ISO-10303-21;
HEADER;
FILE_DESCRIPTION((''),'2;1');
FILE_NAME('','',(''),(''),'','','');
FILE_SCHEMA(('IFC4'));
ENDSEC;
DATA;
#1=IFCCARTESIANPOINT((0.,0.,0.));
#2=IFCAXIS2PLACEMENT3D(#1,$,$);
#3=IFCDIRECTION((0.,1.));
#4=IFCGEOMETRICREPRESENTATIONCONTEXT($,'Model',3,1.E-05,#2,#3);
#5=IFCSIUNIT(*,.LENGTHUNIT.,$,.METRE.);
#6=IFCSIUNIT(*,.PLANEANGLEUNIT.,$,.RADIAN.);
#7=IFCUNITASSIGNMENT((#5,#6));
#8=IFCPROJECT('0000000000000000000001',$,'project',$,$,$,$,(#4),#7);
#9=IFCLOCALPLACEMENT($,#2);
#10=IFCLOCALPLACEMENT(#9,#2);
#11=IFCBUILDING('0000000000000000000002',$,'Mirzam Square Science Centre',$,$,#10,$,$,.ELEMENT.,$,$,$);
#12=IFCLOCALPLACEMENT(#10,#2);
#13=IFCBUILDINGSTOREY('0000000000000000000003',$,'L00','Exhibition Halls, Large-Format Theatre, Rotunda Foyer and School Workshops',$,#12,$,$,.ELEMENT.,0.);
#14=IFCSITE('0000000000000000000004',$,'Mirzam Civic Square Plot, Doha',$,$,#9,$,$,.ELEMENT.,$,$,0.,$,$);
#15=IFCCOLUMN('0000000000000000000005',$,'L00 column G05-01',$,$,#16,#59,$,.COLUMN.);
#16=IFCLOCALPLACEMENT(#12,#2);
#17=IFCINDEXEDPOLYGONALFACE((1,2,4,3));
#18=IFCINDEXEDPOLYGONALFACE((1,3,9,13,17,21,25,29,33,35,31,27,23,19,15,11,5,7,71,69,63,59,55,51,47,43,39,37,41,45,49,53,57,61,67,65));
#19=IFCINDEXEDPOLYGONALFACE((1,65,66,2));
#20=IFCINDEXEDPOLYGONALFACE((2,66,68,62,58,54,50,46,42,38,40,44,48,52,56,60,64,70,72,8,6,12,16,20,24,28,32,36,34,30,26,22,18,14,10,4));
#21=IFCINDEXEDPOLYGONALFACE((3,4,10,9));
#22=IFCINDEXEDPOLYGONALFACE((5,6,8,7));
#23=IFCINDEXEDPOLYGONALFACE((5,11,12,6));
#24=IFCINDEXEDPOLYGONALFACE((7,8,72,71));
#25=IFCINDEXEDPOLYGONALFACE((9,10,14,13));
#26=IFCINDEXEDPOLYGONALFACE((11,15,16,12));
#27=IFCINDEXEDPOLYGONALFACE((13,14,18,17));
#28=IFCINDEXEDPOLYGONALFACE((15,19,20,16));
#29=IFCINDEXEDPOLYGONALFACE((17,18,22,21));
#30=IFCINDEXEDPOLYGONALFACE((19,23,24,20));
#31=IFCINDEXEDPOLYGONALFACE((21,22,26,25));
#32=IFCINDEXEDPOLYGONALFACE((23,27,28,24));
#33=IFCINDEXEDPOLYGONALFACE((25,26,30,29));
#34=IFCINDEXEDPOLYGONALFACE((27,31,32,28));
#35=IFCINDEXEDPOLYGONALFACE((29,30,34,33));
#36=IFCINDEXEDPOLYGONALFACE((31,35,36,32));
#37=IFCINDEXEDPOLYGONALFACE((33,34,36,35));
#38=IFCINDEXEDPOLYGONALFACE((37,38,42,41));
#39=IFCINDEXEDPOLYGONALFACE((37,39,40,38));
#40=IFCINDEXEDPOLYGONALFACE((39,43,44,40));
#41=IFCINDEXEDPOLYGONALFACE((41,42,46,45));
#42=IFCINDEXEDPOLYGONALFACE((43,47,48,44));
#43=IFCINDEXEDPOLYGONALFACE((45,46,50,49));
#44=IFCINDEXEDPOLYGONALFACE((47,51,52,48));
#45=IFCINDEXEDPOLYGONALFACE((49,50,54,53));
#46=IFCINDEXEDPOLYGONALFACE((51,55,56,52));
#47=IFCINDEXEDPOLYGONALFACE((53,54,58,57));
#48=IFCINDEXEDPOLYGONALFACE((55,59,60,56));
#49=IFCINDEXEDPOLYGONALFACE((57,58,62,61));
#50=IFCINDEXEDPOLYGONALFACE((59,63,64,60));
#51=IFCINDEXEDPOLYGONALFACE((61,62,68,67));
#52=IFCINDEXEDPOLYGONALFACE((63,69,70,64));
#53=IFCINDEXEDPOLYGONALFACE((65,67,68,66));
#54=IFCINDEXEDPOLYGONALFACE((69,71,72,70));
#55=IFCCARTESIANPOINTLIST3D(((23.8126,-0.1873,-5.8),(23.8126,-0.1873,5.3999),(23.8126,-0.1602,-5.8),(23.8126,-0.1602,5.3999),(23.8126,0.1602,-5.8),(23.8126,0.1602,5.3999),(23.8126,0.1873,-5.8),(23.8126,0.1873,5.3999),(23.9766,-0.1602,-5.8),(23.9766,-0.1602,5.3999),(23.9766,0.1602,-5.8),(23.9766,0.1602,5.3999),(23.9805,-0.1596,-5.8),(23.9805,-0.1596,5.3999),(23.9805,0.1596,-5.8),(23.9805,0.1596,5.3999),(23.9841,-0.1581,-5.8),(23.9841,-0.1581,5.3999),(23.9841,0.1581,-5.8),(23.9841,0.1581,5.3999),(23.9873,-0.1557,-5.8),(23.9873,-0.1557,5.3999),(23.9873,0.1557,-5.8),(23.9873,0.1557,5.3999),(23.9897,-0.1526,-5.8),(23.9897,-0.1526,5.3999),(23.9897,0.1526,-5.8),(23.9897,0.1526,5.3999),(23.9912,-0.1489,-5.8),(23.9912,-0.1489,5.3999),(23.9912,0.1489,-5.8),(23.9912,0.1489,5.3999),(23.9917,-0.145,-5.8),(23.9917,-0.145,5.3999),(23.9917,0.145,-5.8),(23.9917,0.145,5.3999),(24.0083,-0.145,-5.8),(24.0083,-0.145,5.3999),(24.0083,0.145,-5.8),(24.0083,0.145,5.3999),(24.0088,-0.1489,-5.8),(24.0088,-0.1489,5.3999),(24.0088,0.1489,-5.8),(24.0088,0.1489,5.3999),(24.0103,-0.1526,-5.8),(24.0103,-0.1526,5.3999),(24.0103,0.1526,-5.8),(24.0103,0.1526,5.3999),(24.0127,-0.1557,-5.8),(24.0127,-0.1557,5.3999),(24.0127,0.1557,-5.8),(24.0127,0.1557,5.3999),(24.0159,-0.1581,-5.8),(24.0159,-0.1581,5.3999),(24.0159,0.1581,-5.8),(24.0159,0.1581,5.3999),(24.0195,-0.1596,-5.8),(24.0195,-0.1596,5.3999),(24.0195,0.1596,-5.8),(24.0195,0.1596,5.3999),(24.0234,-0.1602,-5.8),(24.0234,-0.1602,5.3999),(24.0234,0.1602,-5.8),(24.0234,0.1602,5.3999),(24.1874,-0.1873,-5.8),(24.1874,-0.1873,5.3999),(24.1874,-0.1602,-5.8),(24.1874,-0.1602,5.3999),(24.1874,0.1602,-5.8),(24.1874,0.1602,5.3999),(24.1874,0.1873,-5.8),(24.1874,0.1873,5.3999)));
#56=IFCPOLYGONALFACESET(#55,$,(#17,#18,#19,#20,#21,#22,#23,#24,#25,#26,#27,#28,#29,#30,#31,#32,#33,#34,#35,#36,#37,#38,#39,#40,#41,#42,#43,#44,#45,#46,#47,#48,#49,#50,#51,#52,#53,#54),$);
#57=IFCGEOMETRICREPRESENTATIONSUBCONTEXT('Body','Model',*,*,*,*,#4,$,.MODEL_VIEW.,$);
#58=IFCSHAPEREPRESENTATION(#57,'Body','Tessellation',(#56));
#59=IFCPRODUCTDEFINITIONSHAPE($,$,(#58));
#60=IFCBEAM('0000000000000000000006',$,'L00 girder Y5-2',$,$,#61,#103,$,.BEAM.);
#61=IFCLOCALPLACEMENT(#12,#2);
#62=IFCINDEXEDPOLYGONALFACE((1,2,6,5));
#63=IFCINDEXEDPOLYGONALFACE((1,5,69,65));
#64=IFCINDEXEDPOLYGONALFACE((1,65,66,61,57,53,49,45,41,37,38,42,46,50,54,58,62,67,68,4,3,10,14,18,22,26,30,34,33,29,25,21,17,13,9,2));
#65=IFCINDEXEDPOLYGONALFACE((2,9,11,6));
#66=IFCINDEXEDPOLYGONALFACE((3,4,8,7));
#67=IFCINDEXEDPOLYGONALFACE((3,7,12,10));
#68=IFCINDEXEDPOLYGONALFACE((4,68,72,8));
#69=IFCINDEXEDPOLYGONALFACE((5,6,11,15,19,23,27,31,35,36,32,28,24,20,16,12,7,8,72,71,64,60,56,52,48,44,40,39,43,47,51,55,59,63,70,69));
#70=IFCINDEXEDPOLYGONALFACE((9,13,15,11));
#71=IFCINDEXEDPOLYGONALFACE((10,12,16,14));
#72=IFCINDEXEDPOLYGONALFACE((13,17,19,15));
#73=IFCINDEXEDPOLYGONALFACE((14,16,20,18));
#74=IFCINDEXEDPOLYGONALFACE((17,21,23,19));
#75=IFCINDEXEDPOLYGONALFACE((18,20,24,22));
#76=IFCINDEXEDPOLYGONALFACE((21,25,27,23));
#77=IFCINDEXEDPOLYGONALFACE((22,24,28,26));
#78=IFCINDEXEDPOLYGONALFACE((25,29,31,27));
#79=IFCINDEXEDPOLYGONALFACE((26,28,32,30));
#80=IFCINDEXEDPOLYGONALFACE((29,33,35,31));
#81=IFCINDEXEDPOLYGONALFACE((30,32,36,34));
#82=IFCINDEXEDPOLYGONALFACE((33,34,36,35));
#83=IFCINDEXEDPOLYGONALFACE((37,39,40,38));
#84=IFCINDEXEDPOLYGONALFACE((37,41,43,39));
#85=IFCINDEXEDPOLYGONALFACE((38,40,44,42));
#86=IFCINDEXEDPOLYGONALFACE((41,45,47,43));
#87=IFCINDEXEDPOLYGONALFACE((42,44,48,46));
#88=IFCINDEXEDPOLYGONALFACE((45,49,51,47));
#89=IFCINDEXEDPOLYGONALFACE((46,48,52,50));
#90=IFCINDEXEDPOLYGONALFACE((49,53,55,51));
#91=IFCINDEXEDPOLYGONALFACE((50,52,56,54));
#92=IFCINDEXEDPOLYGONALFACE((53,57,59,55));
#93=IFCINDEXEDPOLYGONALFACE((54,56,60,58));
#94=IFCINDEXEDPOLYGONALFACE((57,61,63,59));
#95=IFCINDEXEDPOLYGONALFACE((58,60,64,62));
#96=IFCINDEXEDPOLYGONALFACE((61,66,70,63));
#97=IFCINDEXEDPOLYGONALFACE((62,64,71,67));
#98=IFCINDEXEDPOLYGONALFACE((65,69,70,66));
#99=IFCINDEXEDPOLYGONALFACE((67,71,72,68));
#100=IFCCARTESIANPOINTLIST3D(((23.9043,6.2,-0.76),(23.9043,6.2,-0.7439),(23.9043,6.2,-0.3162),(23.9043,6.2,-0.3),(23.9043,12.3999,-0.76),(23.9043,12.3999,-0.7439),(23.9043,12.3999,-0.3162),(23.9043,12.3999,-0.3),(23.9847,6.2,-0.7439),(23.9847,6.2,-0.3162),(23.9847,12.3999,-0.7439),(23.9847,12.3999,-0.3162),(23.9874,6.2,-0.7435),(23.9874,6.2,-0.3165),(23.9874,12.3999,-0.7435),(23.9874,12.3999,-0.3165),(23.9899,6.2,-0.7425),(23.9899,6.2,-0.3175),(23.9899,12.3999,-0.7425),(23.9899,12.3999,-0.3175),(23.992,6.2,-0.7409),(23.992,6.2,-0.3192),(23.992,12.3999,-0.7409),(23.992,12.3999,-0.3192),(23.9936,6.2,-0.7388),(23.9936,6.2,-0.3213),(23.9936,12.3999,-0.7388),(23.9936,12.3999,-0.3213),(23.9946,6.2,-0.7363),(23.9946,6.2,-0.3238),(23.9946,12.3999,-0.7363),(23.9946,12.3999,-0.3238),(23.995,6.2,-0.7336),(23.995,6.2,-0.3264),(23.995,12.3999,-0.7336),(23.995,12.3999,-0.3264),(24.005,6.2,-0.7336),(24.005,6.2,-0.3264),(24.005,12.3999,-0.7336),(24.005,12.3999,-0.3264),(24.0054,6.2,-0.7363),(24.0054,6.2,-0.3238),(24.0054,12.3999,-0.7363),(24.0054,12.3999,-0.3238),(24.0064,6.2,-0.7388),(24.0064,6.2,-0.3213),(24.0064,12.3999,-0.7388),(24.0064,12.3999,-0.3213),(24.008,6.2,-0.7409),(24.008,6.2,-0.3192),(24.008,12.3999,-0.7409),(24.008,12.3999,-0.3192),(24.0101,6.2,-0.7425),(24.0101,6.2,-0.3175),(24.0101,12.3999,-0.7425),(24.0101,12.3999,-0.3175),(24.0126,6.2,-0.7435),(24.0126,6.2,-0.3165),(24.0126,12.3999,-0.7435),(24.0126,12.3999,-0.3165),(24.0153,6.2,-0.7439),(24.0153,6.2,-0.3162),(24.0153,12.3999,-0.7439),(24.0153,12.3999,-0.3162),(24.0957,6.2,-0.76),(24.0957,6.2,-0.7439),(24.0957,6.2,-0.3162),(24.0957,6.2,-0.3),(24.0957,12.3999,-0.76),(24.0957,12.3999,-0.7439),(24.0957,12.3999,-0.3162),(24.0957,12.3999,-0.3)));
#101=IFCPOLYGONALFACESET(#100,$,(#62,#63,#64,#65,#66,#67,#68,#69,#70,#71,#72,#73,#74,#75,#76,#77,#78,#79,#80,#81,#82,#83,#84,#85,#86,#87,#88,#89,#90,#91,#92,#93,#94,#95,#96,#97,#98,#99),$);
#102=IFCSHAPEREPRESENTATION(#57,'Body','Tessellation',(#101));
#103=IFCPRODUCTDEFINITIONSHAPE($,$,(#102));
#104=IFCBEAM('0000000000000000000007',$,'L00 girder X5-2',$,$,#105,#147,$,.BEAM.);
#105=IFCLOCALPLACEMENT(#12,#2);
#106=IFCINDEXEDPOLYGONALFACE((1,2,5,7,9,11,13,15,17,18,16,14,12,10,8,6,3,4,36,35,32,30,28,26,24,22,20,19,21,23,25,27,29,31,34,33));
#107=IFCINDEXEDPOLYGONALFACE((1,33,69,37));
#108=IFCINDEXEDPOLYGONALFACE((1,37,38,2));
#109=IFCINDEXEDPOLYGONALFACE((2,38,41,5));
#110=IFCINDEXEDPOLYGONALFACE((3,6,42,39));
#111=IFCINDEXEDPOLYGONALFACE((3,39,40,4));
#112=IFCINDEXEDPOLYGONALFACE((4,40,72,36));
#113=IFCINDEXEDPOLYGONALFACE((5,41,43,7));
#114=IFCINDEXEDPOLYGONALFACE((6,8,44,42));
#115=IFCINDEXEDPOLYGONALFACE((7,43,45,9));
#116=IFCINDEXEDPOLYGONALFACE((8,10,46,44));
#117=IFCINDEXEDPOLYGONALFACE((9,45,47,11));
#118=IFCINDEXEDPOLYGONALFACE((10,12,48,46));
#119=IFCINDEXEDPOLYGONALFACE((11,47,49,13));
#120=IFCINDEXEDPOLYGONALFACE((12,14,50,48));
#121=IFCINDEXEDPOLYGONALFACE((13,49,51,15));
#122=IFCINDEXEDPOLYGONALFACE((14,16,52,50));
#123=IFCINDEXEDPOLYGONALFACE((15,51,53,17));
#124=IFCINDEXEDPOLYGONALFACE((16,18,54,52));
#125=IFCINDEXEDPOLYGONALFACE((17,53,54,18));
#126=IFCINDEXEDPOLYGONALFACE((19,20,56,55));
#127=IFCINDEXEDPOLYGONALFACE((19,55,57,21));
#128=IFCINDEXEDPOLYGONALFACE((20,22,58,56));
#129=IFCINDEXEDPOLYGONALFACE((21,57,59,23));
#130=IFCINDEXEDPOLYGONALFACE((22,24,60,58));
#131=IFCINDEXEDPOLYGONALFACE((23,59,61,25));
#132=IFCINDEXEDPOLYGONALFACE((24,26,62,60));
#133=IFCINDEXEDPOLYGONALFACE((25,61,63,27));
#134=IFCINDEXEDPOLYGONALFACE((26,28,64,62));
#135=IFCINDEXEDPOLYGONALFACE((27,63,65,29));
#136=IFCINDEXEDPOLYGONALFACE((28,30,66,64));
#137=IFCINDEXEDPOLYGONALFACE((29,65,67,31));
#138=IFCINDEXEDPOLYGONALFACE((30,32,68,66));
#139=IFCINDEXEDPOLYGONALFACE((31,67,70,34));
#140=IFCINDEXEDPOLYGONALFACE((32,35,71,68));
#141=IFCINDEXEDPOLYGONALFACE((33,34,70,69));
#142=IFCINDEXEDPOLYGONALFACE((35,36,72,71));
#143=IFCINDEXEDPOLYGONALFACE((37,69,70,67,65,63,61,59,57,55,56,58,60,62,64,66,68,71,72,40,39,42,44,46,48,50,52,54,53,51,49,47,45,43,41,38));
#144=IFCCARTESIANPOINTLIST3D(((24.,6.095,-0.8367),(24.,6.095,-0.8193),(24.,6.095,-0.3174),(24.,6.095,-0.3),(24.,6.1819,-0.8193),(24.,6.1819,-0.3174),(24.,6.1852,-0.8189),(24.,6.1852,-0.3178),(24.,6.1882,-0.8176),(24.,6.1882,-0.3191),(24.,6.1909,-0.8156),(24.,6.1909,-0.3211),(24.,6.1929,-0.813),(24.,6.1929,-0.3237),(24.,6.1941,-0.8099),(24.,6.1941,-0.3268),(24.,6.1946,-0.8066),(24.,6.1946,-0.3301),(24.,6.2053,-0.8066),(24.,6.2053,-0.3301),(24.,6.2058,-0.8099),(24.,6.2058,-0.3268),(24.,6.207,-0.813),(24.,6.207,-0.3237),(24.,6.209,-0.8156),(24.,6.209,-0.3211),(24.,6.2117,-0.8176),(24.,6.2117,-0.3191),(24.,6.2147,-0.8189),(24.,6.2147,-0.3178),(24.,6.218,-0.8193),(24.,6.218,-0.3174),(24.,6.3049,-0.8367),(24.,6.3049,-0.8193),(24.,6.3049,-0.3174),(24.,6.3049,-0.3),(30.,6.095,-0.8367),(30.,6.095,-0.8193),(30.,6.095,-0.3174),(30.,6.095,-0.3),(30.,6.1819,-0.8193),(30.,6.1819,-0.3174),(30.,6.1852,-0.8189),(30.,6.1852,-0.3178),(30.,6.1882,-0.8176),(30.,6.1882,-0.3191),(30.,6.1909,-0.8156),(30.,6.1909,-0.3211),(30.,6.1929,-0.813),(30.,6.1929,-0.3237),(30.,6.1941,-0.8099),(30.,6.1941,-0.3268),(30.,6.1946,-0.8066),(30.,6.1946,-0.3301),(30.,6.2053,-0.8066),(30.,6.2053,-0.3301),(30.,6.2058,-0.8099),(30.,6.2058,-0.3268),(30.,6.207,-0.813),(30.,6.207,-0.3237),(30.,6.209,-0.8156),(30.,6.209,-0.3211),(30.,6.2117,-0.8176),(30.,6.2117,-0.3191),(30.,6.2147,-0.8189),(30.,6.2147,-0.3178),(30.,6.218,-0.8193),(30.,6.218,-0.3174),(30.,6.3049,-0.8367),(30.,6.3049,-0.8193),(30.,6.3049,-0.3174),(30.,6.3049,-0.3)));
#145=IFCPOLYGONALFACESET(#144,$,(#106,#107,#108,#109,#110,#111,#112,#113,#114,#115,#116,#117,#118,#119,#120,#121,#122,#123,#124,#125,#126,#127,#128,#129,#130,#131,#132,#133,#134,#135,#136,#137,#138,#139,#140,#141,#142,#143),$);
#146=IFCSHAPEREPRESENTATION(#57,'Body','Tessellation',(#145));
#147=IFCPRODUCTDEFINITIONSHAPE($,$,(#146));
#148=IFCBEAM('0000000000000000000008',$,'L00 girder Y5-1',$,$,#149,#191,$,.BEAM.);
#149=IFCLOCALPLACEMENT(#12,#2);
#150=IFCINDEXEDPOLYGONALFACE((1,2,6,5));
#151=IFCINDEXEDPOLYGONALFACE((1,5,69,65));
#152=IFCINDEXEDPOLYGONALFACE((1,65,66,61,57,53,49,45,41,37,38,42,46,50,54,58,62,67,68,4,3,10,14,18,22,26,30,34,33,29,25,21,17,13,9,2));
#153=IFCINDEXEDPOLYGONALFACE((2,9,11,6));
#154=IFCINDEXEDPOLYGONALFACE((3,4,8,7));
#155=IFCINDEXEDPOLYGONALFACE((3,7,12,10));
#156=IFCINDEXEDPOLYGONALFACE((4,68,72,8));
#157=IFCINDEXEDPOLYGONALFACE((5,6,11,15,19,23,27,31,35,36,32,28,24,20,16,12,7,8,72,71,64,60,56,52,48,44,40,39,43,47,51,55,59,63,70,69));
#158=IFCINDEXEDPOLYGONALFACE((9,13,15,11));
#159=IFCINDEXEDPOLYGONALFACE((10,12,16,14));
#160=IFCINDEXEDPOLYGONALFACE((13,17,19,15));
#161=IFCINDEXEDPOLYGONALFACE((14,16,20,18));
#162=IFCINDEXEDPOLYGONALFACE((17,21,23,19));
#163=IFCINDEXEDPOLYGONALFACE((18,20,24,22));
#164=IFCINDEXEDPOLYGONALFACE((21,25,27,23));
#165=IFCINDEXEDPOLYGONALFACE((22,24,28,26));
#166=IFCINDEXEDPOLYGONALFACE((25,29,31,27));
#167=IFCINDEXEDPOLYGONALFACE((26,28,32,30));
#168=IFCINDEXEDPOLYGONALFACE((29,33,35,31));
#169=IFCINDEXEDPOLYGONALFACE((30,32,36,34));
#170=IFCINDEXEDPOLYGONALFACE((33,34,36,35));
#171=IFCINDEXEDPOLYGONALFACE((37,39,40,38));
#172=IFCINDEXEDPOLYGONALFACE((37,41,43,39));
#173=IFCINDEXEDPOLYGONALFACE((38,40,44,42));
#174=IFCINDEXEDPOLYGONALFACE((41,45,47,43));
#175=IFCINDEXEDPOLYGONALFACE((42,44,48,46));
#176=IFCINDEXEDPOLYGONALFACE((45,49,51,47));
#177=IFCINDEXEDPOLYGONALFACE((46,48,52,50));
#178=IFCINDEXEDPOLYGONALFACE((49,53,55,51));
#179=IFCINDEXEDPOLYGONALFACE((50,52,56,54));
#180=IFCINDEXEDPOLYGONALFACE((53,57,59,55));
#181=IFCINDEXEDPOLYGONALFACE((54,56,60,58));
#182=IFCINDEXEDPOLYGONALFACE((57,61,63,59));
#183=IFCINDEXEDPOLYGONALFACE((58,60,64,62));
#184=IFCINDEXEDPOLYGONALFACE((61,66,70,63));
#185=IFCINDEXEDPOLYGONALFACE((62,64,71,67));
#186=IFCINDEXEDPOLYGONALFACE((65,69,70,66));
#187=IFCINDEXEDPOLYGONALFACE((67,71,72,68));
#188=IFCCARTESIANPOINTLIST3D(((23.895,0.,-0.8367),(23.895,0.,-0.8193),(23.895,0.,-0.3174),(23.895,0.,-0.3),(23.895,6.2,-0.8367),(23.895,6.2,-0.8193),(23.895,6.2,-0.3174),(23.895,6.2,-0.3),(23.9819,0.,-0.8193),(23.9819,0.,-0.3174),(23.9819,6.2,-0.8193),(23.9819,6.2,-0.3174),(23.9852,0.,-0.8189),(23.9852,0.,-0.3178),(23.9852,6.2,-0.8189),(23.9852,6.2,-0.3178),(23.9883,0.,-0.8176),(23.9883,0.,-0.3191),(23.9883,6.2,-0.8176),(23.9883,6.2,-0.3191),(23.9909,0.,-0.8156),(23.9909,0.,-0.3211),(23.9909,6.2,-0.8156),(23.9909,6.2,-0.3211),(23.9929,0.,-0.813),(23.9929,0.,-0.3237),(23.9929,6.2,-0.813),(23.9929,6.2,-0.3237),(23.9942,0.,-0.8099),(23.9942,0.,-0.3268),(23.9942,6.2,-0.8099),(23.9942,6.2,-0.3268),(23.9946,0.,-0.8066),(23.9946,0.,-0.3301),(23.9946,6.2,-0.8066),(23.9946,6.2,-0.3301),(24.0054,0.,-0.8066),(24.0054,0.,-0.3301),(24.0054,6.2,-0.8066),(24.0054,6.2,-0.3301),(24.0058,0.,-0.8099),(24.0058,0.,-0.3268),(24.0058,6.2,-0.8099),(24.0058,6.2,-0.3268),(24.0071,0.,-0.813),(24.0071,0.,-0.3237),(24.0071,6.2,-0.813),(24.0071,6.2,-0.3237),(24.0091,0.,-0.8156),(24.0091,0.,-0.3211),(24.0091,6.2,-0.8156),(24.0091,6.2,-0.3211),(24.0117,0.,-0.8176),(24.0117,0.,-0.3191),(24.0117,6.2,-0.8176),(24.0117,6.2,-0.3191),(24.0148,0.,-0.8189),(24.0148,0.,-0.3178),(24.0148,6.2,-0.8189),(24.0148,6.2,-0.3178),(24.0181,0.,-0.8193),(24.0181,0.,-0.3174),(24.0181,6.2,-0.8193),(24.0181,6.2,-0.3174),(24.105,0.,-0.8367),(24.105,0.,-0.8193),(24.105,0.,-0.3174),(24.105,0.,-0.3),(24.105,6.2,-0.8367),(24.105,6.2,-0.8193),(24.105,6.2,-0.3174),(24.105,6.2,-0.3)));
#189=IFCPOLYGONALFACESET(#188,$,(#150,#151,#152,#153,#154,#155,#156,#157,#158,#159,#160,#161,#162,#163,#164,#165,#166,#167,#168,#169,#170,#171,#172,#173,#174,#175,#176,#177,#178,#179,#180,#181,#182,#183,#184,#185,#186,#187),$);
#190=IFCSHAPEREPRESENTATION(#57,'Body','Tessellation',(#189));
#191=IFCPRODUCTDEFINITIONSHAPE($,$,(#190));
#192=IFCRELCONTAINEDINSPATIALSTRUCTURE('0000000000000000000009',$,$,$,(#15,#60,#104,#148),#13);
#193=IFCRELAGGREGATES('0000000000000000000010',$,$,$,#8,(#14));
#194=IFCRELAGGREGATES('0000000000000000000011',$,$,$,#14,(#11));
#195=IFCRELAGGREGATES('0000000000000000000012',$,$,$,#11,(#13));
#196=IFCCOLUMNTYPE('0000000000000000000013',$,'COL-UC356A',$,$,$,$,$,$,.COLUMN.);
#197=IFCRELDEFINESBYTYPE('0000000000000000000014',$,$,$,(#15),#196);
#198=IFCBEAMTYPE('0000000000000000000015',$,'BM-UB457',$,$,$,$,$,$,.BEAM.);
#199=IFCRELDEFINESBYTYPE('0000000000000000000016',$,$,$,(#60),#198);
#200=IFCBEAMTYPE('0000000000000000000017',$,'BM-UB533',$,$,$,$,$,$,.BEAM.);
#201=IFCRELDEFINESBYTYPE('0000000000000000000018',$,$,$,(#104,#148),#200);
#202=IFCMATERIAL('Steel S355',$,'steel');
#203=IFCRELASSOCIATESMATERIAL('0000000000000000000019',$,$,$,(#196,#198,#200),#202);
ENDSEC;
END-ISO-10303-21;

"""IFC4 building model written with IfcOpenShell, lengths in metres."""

from ifc_helpers import new_model, si_unit, direction, frame, origin, origin_2d, place, context, subcontext, project, spatial, i_section, extrude, material, material_profile, profile_set, type_object, element, save


model = new_model("IFC4")

# Units and contexts
model_context = context("Model", 3, precision=1e-05, world=origin(), true_north=direction((0.0, 1.0)))
body_context = subcontext(model_context, "Body", "Model", "MODEL_VIEW")
ifc_project = project(units=[si_unit("LENGTHUNIT", "METRE"), si_unit("PLANEANGLEUNIT", "RADIAN")], contexts=[model_context])

# Site, building, storey
site_placement = place(None, origin())
site = spatial("IfcSite", under=ifc_project, at=site_placement, Name="Mirzam Civic Square Plot, Doha", CompositionType="ELEMENT", RefElevation=0.0)
building_placement = place(site_placement, origin())
building = spatial("IfcBuilding", under=site, at=building_placement, Name="Mirzam Square Science Centre", CompositionType="ELEMENT")
storey_placement = place(building_placement, origin())
storey = spatial("IfcBuildingStorey", under=building, at=storey_placement, Name="L00", Description="Exhibition Halls, Large-Format Theatre, Rotunda Foyer and School Workshops", CompositionType="ELEMENT", Elevation=0.0)

# Column
ifc_material_1 = material(Name="Steel S355", Category="steel")
ifc_material_profile_1 = material_profile(ifc_material_1, i_section(OverallWidth=0.3748, OverallDepth=0.3745, WebThickness=0.0166, FlangeThickness=0.0271, FilletRadius=0.0151, at=origin_2d()), Name="356x368x202UC")
ifc_profile_set_1 = profile_set([ifc_material_profile_1], Name="Steel S355")
column_type_1 = type_object("IfcColumnType", Name="COL-UC356A", PredefinedType="COLUMN", material=ifc_profile_set_1)
column_1_placement = place(storey_placement, frame((24.0, 0.0, -5.8), z_axis=(0.0, 0.0, 1.0), x_axis=(1.0, 0.0, 0.0)))
element("IfcColumn", 1, at=column_1_placement, inside=storey, type_object=column_type_1, Name="L00 column G05-01", PredefinedType="COLUMN", context=body_context, shape_type="SweptSolid", body=[
    extrude(i_section(OverallWidth=0.3748, OverallDepth=0.3745, WebThickness=0.0166, FlangeThickness=0.0271, FilletRadius=0.0151, at=origin_2d()), origin(), (0.0, 0.0, 1.0), 11.2),
])

# Beams
ifc_material_profile_2 = material_profile(ifc_material_1, i_section(OverallWidth=0.1914, OverallDepth=0.46, WebThickness=0.01, FlangeThickness=0.0161, FilletRadius=0.0103, at=origin_2d()), Name="457x191x82UB")
ifc_profile_set_2 = profile_set([ifc_material_profile_2], Name="Steel S355")
beam_type_1 = type_object("IfcBeamType", Name="BM-UB457", PredefinedType="BEAM", material=ifc_profile_set_2)
beam_1_placement = place(storey_placement, frame((24.0, 6.2, -0.53), z_axis=(0.0, 1.0, 0.0), x_axis=(-1.0, 0.0, 0.0)))
element("IfcBeam", 2, at=beam_1_placement, inside=storey, type_object=beam_type_1, Name="L00 girder Y5-2", PredefinedType="BEAM", context=body_context, shape_type="SweptSolid", body=[
    extrude(i_section(OverallWidth=0.1914, OverallDepth=0.46, WebThickness=0.01, FlangeThickness=0.0161, FilletRadius=0.0103, at=origin_2d()), origin(), (0.0, 0.0, 1.0), 6.2),
])
ifc_material_profile_3 = material_profile(ifc_material_1, i_section(OverallWidth=0.21, OverallDepth=0.5366, WebThickness=0.0107, FlangeThickness=0.0173, FilletRadius=0.0127, at=origin_2d()), Name="533x210x101UB")
ifc_profile_set_3 = profile_set([ifc_material_profile_3], Name="Steel S355")
beam_type_2 = type_object("IfcBeamType", Name="BM-UB533", PredefinedType="BEAM", material=ifc_profile_set_3)
beam_2_placement = place(storey_placement, frame((24.0, 6.2, -0.5684), z_axis=(1.0, 0.0, 0.0), x_axis=(0.0, 1.0, 0.0)))
element("IfcBeam", 3, at=beam_2_placement, inside=storey, type_object=beam_type_2, Name="L00 girder X5-2", PredefinedType="BEAM", context=body_context, shape_type="SweptSolid", body=[
    extrude(i_section(OverallWidth=0.21, OverallDepth=0.5366, WebThickness=0.0107, FlangeThickness=0.0173, FilletRadius=0.0127, at=origin_2d()), origin(), (0.0, 0.0, 1.0), 6.0),
])
beam_3_placement = place(storey_placement, frame((24.0, 0.0, -0.5684), z_axis=(0.0, 1.0, 0.0), x_axis=(-1.0, 0.0, 0.0)))
element("IfcBeam", 4, at=beam_3_placement, inside=storey, type_object=beam_type_2, Name="L00 girder Y5-1", PredefinedType="BEAM", context=body_context, shape_type="SweptSolid", body=[
    extrude(i_section(OverallWidth=0.21, OverallDepth=0.5366, WebThickness=0.0107, FlangeThickness=0.0173, FilletRadius=0.0127, at=origin_2d()), origin(), (0.0, 0.0, 1.0), 6.2),
])

save(model, "model.ifc")
